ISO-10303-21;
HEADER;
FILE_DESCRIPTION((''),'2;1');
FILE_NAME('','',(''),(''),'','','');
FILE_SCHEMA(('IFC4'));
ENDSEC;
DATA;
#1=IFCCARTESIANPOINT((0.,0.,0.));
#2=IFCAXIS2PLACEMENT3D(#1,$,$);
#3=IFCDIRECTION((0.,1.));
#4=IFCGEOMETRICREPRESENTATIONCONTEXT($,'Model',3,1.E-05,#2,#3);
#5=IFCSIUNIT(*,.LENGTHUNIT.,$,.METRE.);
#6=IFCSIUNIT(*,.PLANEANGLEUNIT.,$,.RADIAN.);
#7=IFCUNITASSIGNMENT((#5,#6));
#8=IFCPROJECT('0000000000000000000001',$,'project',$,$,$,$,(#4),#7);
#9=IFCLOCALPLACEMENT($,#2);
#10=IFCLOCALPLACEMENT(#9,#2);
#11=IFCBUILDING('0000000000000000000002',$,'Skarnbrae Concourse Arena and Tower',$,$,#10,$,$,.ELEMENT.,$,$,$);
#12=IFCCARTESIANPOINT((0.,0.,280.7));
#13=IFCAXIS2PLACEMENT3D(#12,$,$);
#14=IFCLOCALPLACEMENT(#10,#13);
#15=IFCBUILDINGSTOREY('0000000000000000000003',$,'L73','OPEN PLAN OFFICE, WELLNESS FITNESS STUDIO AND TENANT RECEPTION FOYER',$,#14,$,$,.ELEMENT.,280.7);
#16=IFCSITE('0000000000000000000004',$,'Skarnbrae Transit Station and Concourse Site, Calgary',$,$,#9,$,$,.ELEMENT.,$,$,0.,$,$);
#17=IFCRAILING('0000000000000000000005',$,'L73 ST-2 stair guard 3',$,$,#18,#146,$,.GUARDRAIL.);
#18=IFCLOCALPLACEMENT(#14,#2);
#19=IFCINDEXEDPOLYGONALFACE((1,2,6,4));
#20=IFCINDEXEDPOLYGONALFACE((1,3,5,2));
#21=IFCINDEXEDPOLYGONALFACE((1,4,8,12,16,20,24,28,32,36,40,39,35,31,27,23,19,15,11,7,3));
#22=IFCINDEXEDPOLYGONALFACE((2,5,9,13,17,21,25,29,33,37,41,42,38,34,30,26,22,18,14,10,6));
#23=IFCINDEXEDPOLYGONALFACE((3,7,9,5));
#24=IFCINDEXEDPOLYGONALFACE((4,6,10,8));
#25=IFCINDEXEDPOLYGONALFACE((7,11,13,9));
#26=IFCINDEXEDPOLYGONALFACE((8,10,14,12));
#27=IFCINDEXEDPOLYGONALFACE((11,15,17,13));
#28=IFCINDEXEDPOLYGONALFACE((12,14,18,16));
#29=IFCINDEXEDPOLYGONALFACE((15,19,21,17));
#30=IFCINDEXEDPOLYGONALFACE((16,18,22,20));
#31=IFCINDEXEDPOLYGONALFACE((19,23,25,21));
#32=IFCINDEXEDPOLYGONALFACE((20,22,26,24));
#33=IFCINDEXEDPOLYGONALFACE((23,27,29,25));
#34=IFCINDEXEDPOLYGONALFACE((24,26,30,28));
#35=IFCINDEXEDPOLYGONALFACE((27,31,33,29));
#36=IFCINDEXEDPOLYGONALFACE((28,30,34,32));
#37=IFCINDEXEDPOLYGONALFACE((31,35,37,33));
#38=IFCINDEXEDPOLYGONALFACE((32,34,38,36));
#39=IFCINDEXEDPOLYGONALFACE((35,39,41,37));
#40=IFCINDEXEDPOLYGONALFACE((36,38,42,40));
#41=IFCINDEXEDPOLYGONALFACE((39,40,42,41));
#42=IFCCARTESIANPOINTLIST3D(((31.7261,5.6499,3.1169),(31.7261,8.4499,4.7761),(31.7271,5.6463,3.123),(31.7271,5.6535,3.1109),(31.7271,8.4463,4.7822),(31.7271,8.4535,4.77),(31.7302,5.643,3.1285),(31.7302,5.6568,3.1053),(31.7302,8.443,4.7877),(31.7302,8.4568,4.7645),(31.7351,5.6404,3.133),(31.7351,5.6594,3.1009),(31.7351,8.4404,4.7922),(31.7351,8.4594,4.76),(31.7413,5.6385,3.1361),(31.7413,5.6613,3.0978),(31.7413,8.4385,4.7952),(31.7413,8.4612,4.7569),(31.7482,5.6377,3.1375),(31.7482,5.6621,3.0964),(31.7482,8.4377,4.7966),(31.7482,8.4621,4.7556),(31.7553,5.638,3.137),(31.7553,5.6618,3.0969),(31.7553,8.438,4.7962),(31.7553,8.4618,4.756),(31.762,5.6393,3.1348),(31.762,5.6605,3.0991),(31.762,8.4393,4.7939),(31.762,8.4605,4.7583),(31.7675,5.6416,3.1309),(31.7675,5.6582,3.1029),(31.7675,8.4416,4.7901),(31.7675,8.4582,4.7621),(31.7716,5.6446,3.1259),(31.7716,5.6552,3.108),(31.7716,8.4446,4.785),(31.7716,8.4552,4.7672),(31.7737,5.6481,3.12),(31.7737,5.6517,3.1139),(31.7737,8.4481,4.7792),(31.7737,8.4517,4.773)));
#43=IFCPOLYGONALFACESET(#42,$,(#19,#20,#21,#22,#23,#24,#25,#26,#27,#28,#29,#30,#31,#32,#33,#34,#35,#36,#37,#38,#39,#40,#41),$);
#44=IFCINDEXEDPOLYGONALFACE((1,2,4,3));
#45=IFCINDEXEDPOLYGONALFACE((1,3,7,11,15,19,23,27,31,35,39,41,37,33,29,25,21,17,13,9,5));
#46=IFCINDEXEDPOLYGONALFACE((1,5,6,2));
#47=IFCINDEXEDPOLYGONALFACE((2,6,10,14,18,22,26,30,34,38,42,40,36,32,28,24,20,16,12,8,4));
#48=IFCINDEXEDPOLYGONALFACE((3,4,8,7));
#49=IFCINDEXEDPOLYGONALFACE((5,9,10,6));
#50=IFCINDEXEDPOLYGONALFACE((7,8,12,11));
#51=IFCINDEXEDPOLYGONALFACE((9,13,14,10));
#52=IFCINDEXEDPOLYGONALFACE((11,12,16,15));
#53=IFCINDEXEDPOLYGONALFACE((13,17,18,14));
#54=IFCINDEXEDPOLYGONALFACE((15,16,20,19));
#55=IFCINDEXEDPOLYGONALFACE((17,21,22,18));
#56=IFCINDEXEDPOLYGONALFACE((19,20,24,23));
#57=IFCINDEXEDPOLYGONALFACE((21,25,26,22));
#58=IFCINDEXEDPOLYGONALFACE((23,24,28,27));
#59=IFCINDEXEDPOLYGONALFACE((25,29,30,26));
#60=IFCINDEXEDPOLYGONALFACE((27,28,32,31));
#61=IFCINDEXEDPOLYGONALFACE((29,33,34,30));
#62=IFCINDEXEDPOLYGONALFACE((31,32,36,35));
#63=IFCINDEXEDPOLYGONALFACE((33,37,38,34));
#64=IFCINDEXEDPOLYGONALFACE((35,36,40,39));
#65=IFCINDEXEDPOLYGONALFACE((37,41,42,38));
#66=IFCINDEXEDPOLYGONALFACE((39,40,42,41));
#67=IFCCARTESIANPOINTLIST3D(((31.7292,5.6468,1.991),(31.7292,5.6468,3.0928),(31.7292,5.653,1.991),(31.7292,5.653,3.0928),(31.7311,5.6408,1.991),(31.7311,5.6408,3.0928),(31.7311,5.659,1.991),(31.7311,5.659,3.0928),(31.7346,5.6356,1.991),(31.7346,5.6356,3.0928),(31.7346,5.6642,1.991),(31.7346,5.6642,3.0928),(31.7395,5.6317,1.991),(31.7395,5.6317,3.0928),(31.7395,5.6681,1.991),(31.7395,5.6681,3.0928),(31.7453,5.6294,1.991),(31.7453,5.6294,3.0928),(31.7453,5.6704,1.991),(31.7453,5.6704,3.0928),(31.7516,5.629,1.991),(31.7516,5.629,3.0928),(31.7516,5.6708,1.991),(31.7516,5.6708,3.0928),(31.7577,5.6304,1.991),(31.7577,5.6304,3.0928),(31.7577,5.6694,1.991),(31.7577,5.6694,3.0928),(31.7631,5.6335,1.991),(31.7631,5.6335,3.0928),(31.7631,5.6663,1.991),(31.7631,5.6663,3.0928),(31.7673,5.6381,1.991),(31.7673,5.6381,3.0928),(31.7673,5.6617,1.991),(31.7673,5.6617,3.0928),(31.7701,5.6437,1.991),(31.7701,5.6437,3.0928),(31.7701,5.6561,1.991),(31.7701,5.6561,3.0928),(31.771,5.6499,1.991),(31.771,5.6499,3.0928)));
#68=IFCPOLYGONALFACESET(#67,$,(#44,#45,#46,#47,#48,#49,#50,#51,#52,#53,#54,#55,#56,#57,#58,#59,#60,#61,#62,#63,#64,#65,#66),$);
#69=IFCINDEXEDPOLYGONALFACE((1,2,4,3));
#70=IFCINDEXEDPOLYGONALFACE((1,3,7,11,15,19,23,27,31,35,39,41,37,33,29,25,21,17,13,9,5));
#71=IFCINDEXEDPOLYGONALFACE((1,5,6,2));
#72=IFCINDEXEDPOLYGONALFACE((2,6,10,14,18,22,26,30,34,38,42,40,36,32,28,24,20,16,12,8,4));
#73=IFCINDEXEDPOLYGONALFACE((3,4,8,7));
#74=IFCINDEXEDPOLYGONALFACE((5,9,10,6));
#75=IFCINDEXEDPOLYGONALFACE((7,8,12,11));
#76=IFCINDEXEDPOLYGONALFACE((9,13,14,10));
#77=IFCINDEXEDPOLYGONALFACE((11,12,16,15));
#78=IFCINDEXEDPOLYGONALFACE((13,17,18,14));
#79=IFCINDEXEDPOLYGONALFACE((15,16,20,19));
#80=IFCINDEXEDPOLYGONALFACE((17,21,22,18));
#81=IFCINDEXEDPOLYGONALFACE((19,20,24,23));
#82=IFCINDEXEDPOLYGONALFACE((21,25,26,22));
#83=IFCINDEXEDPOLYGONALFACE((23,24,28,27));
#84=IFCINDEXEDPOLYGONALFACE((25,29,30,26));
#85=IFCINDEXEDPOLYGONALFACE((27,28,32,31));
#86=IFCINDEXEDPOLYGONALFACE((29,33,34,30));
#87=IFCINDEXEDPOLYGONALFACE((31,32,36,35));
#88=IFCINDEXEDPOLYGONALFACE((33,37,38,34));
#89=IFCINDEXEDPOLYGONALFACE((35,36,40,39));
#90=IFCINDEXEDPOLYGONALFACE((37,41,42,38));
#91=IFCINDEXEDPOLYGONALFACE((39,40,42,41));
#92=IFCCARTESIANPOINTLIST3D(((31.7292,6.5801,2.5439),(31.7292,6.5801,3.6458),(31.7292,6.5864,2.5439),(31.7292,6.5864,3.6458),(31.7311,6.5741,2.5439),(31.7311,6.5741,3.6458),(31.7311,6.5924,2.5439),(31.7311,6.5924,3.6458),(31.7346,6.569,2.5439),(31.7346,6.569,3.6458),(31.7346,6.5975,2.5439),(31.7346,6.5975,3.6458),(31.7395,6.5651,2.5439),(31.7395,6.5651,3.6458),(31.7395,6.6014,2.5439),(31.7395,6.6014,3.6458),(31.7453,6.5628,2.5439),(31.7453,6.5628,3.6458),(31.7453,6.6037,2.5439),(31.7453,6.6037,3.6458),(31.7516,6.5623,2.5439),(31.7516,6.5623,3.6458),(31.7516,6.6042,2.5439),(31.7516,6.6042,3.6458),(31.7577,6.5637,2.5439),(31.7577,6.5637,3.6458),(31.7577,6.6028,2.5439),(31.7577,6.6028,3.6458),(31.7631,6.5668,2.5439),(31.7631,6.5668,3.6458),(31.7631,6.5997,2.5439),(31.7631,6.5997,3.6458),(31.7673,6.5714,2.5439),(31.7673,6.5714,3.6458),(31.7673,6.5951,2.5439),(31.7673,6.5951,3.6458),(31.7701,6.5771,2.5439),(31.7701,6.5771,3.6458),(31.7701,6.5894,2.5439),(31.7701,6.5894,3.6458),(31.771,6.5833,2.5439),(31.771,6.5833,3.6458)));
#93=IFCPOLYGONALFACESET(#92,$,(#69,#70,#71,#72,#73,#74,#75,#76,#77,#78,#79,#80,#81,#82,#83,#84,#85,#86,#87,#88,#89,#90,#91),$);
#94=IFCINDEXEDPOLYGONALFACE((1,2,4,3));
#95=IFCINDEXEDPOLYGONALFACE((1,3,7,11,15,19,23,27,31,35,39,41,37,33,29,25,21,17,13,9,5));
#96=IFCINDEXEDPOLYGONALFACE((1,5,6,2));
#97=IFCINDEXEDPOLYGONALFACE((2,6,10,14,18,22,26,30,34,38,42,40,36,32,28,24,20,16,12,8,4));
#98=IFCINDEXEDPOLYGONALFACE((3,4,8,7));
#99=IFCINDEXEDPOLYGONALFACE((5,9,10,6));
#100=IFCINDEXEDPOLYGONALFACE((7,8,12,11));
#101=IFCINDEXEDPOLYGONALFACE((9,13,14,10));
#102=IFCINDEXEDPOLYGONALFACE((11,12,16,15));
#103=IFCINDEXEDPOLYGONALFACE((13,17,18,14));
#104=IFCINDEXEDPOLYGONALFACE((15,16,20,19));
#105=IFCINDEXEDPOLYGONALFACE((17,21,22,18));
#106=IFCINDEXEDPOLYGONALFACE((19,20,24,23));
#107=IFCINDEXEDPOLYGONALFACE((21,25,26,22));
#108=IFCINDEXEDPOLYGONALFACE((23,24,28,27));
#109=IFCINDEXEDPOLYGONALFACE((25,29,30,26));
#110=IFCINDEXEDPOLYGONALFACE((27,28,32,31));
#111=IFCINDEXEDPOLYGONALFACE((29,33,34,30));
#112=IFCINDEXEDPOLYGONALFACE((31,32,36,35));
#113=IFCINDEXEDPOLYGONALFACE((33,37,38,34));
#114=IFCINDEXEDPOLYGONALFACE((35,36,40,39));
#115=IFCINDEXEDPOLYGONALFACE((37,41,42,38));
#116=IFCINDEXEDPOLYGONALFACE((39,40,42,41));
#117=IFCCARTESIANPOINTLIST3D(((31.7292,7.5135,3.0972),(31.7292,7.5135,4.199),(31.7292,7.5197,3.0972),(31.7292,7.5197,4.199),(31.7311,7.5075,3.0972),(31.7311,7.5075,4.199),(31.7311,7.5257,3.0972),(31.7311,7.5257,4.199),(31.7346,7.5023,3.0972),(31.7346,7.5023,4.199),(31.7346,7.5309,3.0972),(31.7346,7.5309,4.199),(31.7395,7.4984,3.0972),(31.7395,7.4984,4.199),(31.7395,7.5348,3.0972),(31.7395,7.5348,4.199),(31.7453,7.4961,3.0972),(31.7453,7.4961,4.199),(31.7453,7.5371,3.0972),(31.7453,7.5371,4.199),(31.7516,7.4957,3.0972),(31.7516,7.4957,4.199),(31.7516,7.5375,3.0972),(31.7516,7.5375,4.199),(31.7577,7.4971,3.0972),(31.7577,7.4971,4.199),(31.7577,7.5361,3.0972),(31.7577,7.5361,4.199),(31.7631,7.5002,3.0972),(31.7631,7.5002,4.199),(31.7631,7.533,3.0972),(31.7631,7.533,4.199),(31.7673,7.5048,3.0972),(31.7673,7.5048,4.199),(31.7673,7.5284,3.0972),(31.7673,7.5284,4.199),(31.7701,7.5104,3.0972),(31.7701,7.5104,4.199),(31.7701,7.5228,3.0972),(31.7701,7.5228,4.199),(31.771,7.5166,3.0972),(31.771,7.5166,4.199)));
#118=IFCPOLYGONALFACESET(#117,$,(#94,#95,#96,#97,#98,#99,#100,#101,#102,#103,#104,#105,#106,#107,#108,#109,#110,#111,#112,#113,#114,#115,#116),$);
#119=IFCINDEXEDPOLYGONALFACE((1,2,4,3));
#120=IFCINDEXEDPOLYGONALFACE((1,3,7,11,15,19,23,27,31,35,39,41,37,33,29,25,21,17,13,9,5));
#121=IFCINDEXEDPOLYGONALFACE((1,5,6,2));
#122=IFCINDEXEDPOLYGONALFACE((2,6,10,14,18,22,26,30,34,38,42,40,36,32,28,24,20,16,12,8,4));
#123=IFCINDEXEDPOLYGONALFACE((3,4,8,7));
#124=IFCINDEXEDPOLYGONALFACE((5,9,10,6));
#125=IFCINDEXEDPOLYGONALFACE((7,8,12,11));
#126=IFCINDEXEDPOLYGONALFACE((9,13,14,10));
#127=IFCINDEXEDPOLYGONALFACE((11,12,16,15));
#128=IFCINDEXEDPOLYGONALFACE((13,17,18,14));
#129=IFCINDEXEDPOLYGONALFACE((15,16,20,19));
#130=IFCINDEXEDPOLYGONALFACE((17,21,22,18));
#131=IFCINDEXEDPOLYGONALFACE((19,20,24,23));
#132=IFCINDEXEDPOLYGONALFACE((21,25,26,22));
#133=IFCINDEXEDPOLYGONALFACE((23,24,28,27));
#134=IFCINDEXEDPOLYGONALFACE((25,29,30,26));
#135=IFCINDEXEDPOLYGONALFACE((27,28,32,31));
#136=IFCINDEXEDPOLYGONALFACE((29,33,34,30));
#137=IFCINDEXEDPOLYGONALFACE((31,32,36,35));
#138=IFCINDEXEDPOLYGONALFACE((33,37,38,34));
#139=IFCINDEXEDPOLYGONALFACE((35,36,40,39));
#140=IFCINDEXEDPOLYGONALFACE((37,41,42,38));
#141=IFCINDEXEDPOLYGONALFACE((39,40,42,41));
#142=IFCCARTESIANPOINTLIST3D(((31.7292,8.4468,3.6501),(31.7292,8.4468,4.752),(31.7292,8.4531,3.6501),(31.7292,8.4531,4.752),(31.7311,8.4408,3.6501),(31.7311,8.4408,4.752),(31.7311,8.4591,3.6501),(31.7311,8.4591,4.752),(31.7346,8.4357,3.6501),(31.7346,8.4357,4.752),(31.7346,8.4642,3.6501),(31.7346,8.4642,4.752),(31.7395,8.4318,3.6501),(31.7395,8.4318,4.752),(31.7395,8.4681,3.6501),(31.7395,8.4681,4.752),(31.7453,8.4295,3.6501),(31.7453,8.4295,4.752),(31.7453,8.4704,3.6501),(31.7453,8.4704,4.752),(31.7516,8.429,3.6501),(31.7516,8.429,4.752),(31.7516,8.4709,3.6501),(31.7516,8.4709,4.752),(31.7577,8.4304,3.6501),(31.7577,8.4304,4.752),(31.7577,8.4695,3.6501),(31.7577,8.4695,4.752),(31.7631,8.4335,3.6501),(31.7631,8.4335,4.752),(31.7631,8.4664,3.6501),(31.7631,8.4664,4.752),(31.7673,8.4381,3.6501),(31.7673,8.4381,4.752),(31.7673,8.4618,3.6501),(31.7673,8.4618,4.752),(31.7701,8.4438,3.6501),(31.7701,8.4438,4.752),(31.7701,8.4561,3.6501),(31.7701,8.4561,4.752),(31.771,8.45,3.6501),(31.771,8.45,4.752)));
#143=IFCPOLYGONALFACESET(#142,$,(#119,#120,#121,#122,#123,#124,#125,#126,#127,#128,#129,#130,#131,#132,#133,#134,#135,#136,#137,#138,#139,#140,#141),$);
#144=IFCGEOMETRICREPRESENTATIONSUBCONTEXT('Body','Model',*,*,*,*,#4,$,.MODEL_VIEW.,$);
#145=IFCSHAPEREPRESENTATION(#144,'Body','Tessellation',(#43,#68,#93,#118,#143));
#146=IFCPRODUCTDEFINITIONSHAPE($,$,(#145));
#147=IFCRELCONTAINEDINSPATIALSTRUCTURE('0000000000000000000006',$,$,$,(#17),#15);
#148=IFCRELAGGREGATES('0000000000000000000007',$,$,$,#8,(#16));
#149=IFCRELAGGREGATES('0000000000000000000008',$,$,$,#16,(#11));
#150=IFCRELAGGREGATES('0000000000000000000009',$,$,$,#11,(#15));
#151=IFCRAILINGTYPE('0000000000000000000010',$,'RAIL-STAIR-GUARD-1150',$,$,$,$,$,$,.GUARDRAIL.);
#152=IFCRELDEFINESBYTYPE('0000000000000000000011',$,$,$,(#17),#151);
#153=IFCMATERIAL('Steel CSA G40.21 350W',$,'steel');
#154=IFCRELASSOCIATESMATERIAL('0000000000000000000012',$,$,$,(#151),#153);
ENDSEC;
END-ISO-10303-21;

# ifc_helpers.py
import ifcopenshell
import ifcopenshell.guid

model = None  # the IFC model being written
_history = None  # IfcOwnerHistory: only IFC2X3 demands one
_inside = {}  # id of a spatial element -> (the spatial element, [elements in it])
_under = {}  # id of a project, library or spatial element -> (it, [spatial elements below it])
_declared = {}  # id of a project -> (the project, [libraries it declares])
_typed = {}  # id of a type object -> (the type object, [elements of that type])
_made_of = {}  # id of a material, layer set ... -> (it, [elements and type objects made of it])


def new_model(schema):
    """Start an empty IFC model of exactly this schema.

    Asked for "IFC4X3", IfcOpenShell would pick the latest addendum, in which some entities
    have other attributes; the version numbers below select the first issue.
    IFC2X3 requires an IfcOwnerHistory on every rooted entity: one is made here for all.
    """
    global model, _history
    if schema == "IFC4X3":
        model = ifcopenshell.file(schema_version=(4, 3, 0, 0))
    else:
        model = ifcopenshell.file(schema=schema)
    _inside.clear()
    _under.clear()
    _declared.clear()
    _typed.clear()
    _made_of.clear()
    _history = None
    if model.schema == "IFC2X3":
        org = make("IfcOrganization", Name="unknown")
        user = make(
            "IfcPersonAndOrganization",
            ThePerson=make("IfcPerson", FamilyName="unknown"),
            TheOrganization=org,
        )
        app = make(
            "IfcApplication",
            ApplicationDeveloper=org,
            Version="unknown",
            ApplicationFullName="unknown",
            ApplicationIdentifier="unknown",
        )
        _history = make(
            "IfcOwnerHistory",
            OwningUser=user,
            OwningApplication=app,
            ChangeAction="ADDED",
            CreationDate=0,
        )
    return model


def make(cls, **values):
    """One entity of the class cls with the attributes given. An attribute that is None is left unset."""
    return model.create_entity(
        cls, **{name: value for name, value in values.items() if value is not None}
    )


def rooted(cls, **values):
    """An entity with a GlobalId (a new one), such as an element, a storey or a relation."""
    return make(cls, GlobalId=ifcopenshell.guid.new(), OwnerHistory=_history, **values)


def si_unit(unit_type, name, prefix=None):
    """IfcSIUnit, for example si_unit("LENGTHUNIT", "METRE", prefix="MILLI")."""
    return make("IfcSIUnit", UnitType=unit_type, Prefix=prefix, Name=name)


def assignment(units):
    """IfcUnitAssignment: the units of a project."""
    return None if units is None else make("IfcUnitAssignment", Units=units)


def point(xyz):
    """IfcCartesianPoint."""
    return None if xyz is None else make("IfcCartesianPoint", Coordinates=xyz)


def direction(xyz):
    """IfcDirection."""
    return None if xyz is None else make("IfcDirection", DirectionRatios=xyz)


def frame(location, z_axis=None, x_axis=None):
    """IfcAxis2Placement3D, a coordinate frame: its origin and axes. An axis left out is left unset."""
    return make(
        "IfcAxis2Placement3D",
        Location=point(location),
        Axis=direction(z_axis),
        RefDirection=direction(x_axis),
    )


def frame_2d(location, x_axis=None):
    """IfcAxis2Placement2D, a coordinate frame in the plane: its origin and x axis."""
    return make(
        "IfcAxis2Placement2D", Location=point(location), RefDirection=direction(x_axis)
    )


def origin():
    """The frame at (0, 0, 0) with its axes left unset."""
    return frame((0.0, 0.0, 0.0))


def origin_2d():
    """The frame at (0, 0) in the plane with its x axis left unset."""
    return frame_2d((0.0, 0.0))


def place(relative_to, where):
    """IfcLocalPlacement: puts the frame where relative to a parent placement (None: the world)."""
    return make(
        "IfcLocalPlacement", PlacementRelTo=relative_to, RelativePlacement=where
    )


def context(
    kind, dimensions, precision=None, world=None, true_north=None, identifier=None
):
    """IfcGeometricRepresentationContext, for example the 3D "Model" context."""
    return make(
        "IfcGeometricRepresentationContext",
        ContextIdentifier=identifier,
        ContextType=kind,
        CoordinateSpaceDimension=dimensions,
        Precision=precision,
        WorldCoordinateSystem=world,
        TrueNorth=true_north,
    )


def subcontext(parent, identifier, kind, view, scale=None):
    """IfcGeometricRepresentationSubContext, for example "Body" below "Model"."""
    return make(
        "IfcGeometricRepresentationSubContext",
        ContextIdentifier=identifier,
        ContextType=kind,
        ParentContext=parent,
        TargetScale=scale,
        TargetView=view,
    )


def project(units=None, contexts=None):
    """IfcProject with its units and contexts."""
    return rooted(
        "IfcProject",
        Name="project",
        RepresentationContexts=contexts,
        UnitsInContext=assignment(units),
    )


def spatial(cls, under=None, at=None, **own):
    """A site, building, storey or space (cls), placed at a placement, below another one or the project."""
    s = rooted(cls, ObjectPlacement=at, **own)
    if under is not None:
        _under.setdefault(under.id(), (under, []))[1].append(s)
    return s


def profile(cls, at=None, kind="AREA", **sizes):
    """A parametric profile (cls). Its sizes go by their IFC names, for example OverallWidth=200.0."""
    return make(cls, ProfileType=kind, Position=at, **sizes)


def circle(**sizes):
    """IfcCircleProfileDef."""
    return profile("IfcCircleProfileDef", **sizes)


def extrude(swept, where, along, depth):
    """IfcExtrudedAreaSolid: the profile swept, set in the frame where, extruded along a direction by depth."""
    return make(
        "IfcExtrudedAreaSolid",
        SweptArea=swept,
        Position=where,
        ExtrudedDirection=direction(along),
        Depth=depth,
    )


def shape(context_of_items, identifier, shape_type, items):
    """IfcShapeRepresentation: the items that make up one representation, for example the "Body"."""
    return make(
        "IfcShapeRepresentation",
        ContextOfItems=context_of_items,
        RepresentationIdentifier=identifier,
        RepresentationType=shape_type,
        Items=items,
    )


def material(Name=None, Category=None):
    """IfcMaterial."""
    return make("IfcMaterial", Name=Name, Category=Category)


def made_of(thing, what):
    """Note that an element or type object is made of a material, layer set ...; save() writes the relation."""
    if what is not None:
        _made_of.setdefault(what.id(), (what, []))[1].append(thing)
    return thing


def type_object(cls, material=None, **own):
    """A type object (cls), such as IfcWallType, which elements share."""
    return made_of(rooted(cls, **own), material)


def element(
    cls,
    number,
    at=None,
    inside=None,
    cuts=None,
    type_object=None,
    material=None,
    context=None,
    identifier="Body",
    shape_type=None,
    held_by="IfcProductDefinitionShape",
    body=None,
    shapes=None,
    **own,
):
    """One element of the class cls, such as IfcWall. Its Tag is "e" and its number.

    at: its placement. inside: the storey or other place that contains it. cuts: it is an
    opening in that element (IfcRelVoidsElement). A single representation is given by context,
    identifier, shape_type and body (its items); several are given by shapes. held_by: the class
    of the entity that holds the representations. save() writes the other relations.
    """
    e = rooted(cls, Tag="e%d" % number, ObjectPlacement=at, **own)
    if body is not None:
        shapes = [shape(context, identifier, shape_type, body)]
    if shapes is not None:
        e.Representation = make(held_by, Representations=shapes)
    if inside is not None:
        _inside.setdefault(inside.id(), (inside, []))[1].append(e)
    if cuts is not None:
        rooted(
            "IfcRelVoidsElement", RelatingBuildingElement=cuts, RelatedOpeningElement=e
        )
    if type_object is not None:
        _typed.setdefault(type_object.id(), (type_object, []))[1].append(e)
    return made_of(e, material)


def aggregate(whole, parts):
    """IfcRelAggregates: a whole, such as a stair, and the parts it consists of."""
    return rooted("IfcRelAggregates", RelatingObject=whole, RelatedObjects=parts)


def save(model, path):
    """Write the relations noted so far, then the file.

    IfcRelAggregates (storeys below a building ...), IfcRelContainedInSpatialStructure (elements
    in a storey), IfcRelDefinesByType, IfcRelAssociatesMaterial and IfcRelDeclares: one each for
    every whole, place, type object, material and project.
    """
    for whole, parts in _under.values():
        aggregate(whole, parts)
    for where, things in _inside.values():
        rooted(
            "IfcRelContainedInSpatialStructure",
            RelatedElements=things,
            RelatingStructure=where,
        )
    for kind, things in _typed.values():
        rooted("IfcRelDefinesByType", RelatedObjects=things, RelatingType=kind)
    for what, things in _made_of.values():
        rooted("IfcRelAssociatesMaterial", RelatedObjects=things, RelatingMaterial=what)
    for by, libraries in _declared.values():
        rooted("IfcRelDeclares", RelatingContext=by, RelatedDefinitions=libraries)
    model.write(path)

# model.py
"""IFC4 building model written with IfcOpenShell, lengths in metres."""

from ifc_helpers import new_model, si_unit, direction, frame, origin, origin_2d, place, context, subcontext, project, spatial, circle, extrude, material, type_object, element, save


model = new_model("IFC4")

# Units and contexts
model_context = context("Model", 3, precision=1e-05, world=origin(), true_north=direction((0.0, 1.0)))
body_context = subcontext(model_context, "Body", "Model", "MODEL_VIEW")
ifc_project = project(units=[si_unit("LENGTHUNIT", "METRE"), si_unit("PLANEANGLEUNIT", "RADIAN")], contexts=[model_context])

# Site, building, storey
site_placement = place(None, origin())
site = spatial("IfcSite", under=ifc_project, at=site_placement, Name="Skarnbrae Transit Station and Concourse Site, Calgary", CompositionType="ELEMENT", RefElevation=0.0)
building_placement = place(site_placement, origin())
building = spatial("IfcBuilding", under=site, at=building_placement, Name="Skarnbrae Concourse Arena and Tower", CompositionType="ELEMENT")
storey_placement = place(building_placement, frame((0.0, 0.0, 280.7)))
storey = spatial("IfcBuildingStorey", under=building, at=storey_placement, Name="L73", Description="OPEN PLAN OFFICE, WELLNESS FITNESS STUDIO AND TENANT RECEPTION FOYER", CompositionType="ELEMENT", Elevation=280.7)

# Shared definitions
ifc_material_1 = material(Name="Steel CSA G40.21 350W", Category="steel")

# Railing
railing_type_1 = type_object("IfcRailingType", Name="RAIL-STAIR-GUARD-1150", PredefinedType="GUARDRAIL", material=ifc_material_1)
railing_1_placement = place(storey_placement, frame((31.75, 5.6499, 1.991)))
element("IfcRailing", 1, at=railing_1_placement, inside=storey, type_object=railing_type_1, Name="L73 ST-2 stair guard 3", PredefinedType="GUARDRAIL", context=body_context, shape_type="SweptSolid", body=[
    extrude(circle(Radius=0.0239, at=origin_2d()), frame((0.0, 0.0, 1.126), z_axis=(0.0, 0.860306, 0.509778), x_axis=(-1.0, 0.0, 0.0)), (0.0, 0.0, 1.0), 3.2546),
    extrude(circle(Radius=0.021, at=origin_2d()), origin(), (0.0, 0.0, 1.0), 1.1018),
    extrude(circle(Radius=0.021, at=origin_2d()), frame((0.0, 0.9333, 0.553)), (0.0, 0.0, 1.0), 1.1018),
    extrude(circle(Radius=0.021, at=origin_2d()), frame((0.0, 1.8667, 1.1062)), (0.0, 0.0, 1.0), 1.1018),
    extrude(circle(Radius=0.021, at=origin_2d()), frame((0.0, 2.8, 1.6592)), (0.0, 0.0, 1.0), 1.1018),
])

save(model, "model.ifc")
